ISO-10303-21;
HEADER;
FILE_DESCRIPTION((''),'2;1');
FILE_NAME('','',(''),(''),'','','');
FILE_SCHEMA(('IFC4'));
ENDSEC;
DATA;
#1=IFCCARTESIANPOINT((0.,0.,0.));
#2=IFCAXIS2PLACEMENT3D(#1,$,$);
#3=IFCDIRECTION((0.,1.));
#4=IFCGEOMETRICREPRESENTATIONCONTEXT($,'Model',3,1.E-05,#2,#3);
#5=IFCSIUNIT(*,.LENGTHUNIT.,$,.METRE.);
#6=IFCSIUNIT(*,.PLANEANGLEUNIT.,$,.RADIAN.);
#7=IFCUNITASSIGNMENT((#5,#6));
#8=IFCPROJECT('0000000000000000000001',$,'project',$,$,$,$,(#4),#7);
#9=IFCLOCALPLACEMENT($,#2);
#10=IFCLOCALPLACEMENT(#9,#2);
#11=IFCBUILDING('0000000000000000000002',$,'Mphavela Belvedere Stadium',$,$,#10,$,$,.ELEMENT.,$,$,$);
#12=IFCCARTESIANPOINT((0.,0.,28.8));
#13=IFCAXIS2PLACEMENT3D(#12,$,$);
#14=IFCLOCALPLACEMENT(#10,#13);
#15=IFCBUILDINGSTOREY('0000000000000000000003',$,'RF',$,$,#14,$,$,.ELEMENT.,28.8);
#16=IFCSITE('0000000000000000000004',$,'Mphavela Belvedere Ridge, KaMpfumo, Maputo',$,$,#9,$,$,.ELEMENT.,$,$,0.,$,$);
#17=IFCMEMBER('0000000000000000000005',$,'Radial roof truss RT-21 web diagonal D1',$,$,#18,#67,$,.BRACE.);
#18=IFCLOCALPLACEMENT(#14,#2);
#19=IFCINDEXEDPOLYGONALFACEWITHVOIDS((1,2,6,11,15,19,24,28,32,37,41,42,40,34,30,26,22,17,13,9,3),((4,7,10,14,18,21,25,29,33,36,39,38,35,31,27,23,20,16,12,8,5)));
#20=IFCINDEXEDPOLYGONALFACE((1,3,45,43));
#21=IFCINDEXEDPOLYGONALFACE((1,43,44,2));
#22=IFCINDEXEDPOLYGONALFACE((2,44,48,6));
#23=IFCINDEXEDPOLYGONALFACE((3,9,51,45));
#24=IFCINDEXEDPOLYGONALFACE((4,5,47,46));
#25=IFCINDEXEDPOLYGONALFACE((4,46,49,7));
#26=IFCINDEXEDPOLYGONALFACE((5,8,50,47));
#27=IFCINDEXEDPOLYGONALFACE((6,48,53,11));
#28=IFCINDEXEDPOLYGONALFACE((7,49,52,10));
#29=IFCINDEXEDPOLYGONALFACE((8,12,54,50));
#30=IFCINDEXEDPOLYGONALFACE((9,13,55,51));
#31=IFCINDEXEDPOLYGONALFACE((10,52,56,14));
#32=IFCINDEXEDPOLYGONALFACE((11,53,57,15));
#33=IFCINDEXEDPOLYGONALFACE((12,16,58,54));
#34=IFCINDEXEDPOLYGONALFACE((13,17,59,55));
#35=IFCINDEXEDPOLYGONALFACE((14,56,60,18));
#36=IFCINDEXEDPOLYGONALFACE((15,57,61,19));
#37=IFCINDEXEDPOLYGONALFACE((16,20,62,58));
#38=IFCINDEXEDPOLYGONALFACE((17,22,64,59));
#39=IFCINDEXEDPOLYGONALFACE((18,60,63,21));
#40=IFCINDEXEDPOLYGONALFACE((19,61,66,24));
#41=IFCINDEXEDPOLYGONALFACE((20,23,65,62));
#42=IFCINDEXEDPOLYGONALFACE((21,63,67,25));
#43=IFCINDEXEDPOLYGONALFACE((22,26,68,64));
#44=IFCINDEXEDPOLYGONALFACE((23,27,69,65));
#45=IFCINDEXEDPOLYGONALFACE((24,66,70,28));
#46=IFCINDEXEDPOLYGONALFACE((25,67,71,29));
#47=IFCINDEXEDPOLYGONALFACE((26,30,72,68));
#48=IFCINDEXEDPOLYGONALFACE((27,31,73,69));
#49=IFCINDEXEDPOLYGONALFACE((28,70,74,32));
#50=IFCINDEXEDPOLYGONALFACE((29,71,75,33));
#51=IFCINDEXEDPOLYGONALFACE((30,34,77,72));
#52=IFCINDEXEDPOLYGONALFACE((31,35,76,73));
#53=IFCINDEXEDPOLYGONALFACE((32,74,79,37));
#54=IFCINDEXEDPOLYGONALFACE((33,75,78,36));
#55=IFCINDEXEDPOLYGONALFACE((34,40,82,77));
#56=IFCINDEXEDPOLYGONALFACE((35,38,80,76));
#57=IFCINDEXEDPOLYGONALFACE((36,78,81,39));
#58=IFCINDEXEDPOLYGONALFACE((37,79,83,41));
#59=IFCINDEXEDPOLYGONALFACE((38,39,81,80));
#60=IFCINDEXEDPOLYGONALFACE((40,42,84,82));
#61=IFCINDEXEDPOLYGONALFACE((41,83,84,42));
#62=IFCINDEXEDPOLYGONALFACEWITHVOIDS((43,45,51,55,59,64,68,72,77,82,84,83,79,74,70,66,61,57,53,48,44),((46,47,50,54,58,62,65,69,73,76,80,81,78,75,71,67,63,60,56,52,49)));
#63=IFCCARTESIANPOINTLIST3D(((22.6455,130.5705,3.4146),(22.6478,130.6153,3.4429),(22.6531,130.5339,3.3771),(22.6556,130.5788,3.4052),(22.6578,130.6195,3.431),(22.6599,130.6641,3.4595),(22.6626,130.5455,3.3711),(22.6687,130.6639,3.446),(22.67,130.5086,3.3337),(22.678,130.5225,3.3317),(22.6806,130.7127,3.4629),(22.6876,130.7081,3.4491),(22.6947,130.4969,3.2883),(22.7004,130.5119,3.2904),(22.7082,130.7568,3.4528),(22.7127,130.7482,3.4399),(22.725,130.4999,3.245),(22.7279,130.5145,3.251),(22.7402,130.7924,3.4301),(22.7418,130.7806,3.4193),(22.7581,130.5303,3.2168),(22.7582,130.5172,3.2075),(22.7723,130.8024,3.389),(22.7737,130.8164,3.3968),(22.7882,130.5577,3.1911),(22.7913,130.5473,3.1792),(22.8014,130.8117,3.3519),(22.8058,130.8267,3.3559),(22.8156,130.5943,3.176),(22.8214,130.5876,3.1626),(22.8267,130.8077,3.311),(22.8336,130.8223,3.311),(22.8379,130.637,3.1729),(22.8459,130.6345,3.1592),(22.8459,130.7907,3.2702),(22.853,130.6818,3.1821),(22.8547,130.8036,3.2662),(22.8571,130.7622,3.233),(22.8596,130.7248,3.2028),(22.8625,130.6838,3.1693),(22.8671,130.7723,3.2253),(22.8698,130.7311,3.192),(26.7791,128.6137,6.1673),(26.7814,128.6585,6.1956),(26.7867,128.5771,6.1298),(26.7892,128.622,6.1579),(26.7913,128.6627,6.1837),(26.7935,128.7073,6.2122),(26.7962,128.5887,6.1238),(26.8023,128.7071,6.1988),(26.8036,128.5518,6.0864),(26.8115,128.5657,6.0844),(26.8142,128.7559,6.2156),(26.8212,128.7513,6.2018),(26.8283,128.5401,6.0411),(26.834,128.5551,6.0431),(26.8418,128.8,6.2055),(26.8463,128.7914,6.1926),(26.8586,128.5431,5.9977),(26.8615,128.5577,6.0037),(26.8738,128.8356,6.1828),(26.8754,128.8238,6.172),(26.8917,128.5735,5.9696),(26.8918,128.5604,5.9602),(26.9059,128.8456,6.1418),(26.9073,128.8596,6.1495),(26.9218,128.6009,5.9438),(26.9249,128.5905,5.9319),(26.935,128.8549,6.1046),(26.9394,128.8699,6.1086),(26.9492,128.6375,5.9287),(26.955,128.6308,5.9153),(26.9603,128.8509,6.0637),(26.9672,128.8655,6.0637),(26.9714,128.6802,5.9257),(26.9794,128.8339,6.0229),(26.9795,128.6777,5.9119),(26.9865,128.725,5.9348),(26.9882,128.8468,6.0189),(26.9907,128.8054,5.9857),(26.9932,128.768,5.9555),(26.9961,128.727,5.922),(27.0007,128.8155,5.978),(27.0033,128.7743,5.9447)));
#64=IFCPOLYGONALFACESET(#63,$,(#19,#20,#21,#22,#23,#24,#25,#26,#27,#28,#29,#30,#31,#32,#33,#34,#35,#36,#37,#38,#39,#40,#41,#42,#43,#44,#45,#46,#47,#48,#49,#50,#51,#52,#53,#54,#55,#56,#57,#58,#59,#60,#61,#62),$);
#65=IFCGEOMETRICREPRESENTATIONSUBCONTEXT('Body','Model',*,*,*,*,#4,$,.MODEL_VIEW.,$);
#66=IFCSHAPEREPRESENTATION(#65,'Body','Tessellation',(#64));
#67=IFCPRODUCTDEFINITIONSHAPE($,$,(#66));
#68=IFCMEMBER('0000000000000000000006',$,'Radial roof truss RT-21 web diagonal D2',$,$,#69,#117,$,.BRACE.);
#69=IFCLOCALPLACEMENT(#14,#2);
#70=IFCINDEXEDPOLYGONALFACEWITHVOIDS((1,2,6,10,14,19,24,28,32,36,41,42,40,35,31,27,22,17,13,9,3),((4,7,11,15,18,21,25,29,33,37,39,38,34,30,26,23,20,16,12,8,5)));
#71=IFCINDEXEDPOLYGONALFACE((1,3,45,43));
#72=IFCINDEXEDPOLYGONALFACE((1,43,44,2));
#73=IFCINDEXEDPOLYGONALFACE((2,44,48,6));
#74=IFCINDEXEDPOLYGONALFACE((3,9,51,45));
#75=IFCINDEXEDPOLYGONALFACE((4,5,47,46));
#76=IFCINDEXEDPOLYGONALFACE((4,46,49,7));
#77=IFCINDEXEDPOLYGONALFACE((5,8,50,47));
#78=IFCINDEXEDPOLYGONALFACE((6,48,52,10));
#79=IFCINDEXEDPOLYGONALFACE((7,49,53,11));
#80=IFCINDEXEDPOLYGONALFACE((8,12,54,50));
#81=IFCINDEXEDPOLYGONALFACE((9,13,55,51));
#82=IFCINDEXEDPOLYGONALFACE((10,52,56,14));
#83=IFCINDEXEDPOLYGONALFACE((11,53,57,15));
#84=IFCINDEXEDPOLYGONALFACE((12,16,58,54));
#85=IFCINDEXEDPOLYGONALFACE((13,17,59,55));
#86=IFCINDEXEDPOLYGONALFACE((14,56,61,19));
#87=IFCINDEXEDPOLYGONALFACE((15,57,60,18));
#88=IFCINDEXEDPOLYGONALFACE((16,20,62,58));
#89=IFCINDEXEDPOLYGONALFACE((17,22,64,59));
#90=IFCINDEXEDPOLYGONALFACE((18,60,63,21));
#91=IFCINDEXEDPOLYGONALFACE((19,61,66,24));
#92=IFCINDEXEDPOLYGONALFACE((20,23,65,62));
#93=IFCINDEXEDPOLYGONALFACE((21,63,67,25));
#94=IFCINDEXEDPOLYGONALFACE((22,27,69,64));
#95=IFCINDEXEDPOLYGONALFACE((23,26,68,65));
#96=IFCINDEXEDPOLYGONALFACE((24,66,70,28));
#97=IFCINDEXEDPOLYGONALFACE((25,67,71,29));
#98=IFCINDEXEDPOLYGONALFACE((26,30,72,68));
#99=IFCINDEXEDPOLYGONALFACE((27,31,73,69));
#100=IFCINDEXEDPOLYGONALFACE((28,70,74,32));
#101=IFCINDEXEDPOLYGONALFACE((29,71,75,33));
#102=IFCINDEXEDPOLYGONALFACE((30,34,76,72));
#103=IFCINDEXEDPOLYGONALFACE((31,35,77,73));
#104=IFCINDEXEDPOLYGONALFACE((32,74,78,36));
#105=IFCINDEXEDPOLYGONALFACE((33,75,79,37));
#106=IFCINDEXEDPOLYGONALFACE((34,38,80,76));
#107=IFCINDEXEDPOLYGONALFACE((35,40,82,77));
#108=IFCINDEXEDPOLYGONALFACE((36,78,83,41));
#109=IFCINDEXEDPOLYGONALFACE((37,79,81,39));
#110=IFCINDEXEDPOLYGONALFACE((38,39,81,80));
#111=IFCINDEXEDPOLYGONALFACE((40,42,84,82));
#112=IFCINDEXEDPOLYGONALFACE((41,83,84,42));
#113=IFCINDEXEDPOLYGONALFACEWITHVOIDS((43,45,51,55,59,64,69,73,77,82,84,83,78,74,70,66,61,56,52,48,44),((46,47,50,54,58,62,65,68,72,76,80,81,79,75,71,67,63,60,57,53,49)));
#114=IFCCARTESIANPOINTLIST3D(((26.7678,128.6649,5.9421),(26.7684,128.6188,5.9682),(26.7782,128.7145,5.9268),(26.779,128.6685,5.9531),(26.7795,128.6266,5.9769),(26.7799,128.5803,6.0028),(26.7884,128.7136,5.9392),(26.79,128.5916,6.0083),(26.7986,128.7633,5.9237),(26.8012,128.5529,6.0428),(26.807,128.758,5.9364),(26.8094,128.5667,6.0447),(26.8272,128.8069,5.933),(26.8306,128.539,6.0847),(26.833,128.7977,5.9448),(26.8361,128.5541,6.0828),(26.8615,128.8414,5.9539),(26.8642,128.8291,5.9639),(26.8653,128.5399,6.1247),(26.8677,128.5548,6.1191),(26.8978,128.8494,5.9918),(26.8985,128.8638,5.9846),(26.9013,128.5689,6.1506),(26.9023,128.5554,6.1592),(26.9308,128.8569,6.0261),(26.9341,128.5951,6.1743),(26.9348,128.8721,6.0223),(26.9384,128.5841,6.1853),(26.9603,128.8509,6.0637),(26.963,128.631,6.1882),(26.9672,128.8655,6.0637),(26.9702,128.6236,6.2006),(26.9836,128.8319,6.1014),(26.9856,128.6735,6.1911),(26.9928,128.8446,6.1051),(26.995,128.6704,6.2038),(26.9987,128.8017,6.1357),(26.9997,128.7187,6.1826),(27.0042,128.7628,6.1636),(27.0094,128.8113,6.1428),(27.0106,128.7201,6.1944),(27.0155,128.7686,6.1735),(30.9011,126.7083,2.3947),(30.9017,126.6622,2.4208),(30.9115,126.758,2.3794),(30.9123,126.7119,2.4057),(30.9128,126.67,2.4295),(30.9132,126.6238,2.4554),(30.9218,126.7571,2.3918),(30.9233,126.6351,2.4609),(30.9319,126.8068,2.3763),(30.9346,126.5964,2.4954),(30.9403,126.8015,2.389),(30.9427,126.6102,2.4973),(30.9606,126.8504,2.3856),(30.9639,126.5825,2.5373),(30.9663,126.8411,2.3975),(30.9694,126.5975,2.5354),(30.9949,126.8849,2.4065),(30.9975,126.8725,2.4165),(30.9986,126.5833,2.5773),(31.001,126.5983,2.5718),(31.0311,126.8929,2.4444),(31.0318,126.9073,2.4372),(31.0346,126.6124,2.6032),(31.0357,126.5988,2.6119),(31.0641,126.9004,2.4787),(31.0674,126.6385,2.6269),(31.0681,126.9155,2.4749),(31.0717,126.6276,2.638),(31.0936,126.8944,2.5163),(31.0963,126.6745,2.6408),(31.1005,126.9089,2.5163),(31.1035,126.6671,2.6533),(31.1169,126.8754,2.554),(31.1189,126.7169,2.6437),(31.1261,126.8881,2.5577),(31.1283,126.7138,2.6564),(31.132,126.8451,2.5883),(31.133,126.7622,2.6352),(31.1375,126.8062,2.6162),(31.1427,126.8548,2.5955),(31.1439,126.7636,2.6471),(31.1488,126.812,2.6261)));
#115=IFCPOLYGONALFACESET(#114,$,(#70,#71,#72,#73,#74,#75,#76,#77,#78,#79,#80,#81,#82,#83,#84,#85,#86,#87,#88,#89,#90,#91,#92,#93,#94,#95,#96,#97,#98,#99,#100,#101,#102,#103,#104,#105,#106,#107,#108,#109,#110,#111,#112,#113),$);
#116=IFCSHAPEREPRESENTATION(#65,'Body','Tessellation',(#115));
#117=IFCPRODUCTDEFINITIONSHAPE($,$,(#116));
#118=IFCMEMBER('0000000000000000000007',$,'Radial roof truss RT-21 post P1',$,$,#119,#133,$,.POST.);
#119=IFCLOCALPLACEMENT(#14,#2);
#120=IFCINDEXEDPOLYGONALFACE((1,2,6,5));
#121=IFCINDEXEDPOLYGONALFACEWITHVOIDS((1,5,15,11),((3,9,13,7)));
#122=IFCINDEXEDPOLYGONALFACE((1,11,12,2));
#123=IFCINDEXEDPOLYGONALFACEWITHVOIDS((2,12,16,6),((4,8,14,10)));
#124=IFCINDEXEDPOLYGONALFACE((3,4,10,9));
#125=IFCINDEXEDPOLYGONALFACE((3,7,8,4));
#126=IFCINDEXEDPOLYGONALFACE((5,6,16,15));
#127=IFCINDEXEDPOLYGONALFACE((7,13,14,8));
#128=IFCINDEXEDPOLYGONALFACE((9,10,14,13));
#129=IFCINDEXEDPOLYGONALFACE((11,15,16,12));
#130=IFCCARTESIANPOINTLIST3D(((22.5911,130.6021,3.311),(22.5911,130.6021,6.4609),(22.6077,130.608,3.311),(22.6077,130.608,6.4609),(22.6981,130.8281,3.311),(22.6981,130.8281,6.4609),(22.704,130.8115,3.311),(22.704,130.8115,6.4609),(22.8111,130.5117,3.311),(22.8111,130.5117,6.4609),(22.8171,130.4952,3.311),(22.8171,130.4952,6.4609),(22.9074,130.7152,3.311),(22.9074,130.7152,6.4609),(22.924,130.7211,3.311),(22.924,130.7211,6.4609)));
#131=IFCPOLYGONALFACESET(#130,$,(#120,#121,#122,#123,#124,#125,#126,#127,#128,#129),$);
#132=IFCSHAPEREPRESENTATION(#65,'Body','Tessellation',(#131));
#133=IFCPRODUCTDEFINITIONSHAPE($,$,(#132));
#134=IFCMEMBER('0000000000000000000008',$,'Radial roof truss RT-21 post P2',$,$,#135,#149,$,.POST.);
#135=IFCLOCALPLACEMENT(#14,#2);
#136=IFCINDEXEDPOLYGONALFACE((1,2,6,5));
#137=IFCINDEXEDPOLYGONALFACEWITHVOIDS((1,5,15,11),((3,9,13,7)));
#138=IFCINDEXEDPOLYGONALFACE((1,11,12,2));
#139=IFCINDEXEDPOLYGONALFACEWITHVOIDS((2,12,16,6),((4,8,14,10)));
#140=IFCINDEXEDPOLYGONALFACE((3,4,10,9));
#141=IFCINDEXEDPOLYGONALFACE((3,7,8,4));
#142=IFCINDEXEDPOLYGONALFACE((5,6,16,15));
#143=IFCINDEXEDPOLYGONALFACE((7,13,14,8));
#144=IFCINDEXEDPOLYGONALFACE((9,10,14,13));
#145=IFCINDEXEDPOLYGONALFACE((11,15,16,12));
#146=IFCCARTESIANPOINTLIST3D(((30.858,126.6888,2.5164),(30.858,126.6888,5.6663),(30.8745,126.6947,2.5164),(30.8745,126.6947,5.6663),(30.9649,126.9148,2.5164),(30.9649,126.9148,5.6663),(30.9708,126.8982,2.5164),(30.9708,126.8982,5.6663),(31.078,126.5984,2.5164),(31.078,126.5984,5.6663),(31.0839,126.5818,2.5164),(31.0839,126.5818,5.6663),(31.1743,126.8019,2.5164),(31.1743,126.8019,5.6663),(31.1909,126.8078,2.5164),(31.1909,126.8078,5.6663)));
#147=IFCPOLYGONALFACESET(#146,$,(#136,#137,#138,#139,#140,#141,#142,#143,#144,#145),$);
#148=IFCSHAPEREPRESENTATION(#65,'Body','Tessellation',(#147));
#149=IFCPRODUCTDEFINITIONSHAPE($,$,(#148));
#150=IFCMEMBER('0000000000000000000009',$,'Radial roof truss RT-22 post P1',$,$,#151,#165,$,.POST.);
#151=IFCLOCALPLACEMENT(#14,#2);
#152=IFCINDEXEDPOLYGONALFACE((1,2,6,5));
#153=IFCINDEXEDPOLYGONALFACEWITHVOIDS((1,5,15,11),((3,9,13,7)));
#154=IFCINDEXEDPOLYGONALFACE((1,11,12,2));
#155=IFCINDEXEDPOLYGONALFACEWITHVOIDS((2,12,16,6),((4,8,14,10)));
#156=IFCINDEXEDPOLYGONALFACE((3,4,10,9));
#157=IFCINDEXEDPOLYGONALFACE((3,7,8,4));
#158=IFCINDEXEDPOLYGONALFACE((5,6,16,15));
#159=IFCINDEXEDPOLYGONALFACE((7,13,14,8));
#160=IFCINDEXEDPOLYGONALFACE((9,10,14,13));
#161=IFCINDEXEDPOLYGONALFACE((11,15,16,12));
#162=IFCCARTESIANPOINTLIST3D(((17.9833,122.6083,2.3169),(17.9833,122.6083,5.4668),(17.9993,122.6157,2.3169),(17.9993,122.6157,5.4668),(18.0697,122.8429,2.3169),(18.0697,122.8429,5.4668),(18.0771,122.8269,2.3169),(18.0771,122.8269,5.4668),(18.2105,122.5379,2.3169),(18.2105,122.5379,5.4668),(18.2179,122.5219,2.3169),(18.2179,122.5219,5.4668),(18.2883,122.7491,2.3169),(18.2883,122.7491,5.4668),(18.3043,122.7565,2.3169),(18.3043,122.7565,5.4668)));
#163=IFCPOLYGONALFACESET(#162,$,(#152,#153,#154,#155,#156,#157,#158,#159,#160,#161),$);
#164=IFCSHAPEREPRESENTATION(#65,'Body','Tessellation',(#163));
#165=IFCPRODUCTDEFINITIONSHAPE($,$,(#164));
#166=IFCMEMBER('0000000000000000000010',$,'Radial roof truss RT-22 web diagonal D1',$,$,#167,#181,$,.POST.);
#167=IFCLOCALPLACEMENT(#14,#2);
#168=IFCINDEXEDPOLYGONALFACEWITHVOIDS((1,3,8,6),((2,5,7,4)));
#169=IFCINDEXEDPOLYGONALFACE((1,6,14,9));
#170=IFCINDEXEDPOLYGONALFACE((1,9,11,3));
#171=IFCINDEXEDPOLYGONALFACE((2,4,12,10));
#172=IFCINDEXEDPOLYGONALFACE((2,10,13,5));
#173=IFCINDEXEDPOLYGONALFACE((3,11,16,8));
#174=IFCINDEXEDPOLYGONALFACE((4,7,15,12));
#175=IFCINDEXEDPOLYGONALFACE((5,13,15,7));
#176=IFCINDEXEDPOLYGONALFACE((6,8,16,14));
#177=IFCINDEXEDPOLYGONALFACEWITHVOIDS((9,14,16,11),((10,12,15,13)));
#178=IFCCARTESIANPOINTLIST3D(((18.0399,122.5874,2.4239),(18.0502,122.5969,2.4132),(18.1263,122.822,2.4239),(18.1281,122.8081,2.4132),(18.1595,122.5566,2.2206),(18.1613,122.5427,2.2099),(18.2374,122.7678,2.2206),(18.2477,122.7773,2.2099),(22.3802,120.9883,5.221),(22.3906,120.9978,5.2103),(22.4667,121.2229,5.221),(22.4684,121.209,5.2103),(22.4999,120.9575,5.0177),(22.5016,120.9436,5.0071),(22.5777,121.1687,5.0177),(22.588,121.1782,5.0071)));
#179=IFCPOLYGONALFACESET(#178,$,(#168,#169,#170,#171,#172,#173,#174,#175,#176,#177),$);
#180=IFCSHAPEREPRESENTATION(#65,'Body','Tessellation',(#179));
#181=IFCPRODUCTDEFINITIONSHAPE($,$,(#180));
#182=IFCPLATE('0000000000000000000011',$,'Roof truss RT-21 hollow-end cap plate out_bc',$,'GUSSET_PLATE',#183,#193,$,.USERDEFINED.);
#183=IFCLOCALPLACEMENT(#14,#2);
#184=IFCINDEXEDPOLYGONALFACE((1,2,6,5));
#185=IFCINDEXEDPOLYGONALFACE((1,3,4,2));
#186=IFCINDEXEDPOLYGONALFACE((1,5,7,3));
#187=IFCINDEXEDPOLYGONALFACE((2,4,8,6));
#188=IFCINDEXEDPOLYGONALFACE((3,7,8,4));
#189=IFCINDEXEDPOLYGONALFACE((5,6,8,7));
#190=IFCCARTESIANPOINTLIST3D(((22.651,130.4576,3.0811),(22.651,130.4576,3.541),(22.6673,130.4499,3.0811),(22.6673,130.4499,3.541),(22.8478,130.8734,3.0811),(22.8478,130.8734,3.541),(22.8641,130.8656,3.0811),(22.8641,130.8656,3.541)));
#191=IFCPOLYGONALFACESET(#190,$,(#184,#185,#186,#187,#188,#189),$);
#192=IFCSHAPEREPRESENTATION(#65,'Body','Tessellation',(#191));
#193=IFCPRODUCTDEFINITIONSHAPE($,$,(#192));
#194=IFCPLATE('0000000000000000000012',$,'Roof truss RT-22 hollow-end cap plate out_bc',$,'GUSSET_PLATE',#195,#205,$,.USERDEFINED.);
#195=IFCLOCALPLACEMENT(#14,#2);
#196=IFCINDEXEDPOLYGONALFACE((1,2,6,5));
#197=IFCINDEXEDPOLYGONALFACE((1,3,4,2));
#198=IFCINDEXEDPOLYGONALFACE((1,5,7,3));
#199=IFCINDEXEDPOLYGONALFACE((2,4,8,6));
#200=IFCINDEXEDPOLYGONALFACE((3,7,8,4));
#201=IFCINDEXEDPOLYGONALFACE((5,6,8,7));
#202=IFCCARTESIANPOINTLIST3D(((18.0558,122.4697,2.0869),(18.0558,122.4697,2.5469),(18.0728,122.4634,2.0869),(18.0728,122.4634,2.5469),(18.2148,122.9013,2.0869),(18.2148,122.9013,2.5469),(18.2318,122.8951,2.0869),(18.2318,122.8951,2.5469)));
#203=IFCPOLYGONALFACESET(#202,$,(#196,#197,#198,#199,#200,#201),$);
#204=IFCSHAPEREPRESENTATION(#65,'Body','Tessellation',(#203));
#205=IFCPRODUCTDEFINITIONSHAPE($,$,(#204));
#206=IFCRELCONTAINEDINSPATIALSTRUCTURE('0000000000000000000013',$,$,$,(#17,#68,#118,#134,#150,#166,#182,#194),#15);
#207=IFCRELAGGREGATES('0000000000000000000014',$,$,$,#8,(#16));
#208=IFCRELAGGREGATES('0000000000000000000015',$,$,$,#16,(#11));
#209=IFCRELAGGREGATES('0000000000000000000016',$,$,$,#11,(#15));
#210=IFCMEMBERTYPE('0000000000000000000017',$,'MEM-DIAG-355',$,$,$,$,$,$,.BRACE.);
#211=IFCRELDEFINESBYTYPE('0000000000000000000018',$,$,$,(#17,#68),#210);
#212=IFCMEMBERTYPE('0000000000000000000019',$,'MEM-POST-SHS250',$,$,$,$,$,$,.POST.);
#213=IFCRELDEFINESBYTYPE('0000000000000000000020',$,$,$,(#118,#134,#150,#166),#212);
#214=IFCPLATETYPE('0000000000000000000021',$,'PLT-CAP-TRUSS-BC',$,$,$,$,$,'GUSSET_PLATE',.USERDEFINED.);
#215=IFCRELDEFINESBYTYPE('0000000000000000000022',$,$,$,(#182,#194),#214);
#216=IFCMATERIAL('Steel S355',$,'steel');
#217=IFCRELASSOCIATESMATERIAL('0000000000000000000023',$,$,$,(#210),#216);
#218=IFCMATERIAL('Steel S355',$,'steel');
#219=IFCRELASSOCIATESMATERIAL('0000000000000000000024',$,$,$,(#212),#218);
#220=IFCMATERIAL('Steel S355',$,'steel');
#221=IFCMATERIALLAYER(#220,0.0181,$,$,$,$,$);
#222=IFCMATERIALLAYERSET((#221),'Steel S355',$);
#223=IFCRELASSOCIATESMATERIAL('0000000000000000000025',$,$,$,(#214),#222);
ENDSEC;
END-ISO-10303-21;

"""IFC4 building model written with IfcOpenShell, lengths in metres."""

from ifc_helpers import new_model, si_unit, direction, frame, origin, origin_2d, place, context, subcontext, project, spatial, rectangle, hollow_rectangle, hollow_circle, extrude, material, layer, layer_set, material_profile, profile_set, type_object, element, save


model = new_model("IFC4")

# Units and contexts
model_context = context("Model", 3, precision=1e-05, world=origin(), true_north=direction((0.0, 1.0)))
body_context = subcontext(model_context, "Body", "Model", "MODEL_VIEW")
ifc_project = project(units=[si_unit("LENGTHUNIT", "METRE"), si_unit("PLANEANGLEUNIT", "RADIAN")], contexts=[model_context])

# Site, building, storey
site_placement = place(None, origin())
site = spatial("IfcSite", under=ifc_project, at=site_placement, Name="Mphavela Belvedere Ridge, KaMpfumo, Maputo", CompositionType="ELEMENT", RefElevation=0.0)
building_placement = place(site_placement, origin())
building = spatial("IfcBuilding", under=site, at=building_placement, Name="Mphavela Belvedere Stadium", CompositionType="ELEMENT")
storey_placement = place(building_placement, frame((0.0, 0.0, 28.8)))
storey = spatial("IfcBuildingStorey", under=building, at=storey_placement, Name="RF", CompositionType="ELEMENT", Elevation=28.8)

# Members
ifc_material_1 = material(Name="Steel S355", Category="steel")
ifc_material_profile_1 = material_profile(ifc_material_1, hollow_circle(Radius=0.1777, WallThickness=0.0161, at=origin_2d()), Name="CHS 355.6x16")
ifc_profile_set_1 = profile_set([ifc_material_profile_1], Name="Steel S355")
member_type_1 = type_object("IfcMemberType", Name="MEM-DIAG-355", PredefinedType="BRACE", material=ifc_profile_set_1)
member_1_placement = place(storey_placement, frame((22.7576, 130.6616, 3.311), z_axis=(0.774386, -0.366588, 0.515693), x_axis=(0.427871, 0.90384, 0.0)))
element("IfcMember", 1, at=member_1_placement, inside=storey, type_object=member_type_1, Name="Radial roof truss RT-21 web diagonal D1", PredefinedType="BRACE", context=body_context, shape_type="SweptSolid", body=[
    extrude(hollow_circle(Radius=0.1777, WallThickness=0.0161, at=origin_2d()), origin(), (0.0, 0.0, 1.0), 5.3379),
])
member_2_placement = place(storey_placement, frame((26.8911, 128.7048, 6.0637), z_axis=(0.714168, -0.338059, -0.612927), x_axis=(0.427848, 0.903851, 0.0)))
element("IfcMember", 2, at=member_2_placement, inside=storey, type_object=member_type_1, Name="Radial roof truss RT-21 web diagonal D2", PredefinedType="BRACE", context=body_context, shape_type="SweptSolid", body=[
    extrude(hollow_circle(Radius=0.1777, WallThickness=0.0161, at=origin_2d()), origin(), (0.0, 0.0, 1.0), 5.7876),
])
ifc_material_2 = material(Name="Steel S355", Category="steel")
ifc_material_profile_2 = material_profile(ifc_material_2, hollow_rectangle(XDim=0.25, YDim=0.25, WallThickness=0.0125, at=origin_2d()), Name="SHS 250x250x12.5")
ifc_profile_set_2 = profile_set([ifc_material_profile_2], Name="Steel S355")
member_type_2 = type_object("IfcMemberType", Name="MEM-POST-SHS250", PredefinedType="POST", material=ifc_profile_set_2)
for number, where, z_axis, x_axis, name in (
    (3, (22.7576, 130.6616, 3.311), (0.0, 0.0, 1.0), (-0.903859, 0.427831, 0.0), "Radial roof truss RT-21 post P1"),
    (4, (31.0244, 126.7483, 2.5164), (0.0, 0.0, 1.0), (-0.903859, 0.427831, 0.0), "Radial roof truss RT-21 post P2"),
    (5, (18.1438, 122.6824, 2.3169), (0.0, 0.0, 1.0), (-0.938372, 0.345626, 0.0), "Radial roof truss RT-22 post P1"),
):
    element("IfcMember", number, at=place(storey_placement, frame(where, z_axis=z_axis, x_axis=x_axis)), inside=storey, type_object=member_type_2, Name=name, PredefinedType="POST", context=body_context, shape_type="SweptSolid", body=[
        extrude(hollow_rectangle(XDim=0.25, YDim=0.25, WallThickness=0.0125, at=origin_2d()), origin(), (0.0, 0.0, 1.0), 3.1499),
    ])
member_3_placement = place(storey_placement, frame((18.1438, 122.6824, 2.3169), z_axis=(0.802946, -0.295832, 0.517457), x_axis=(0.345715, 0.93834, 0.0)))
element("IfcMember", 6, at=member_3_placement, inside=storey, type_object=member_type_2, Name="Radial roof truss RT-22 web diagonal D1", PredefinedType="POST", context=body_context, shape_type="SweptSolid", body=[
    extrude(hollow_rectangle(XDim=0.25, YDim=0.25, WallThickness=0.0125, at=origin_2d()), origin(), (0.0, 0.0, 1.0), 5.4055),
])

# Plates
ifc_material_3 = material(Name="Steel S355", Category="steel")
ifc_layer_1 = layer(ifc_material_3, 0.0181)
ifc_layer_set_1 = layer_set([ifc_layer_1], Name="Steel S355")
plate_type_1 = type_object("IfcPlateType", Name="PLT-CAP-TRUSS-BC", ElementType="GUSSET_PLATE", PredefinedType="USERDEFINED", material=ifc_layer_set_1)
for number, where, z_axis, x_axis, name in (
    (7, (22.7576, 130.6616, 3.0811), (0.0, 0.0, 1.0), (-0.903859, 0.427831, 0.0), "Roof truss RT-21 hollow-end cap plate out_bc"),
    (8, (18.1438, 122.6824, 2.0869), (0.0, 0.0, 1.0), (-0.938372, 0.345626, 0.0), "Roof truss RT-22 hollow-end cap plate out_bc"),
):
    element("IfcPlate", number, at=place(storey_placement, frame(where, z_axis=z_axis, x_axis=x_axis)), inside=storey, type_object=plate_type_1, Name=name, ObjectType="GUSSET_PLATE", PredefinedType="USERDEFINED", context=body_context, shape_type="SweptSolid", body=[
        extrude(rectangle(XDim=0.0181, YDim=0.46, at=origin_2d()), origin(), (0.0, 0.0, 1.0), 0.46),
    ])

save(model, "model.ifc")
